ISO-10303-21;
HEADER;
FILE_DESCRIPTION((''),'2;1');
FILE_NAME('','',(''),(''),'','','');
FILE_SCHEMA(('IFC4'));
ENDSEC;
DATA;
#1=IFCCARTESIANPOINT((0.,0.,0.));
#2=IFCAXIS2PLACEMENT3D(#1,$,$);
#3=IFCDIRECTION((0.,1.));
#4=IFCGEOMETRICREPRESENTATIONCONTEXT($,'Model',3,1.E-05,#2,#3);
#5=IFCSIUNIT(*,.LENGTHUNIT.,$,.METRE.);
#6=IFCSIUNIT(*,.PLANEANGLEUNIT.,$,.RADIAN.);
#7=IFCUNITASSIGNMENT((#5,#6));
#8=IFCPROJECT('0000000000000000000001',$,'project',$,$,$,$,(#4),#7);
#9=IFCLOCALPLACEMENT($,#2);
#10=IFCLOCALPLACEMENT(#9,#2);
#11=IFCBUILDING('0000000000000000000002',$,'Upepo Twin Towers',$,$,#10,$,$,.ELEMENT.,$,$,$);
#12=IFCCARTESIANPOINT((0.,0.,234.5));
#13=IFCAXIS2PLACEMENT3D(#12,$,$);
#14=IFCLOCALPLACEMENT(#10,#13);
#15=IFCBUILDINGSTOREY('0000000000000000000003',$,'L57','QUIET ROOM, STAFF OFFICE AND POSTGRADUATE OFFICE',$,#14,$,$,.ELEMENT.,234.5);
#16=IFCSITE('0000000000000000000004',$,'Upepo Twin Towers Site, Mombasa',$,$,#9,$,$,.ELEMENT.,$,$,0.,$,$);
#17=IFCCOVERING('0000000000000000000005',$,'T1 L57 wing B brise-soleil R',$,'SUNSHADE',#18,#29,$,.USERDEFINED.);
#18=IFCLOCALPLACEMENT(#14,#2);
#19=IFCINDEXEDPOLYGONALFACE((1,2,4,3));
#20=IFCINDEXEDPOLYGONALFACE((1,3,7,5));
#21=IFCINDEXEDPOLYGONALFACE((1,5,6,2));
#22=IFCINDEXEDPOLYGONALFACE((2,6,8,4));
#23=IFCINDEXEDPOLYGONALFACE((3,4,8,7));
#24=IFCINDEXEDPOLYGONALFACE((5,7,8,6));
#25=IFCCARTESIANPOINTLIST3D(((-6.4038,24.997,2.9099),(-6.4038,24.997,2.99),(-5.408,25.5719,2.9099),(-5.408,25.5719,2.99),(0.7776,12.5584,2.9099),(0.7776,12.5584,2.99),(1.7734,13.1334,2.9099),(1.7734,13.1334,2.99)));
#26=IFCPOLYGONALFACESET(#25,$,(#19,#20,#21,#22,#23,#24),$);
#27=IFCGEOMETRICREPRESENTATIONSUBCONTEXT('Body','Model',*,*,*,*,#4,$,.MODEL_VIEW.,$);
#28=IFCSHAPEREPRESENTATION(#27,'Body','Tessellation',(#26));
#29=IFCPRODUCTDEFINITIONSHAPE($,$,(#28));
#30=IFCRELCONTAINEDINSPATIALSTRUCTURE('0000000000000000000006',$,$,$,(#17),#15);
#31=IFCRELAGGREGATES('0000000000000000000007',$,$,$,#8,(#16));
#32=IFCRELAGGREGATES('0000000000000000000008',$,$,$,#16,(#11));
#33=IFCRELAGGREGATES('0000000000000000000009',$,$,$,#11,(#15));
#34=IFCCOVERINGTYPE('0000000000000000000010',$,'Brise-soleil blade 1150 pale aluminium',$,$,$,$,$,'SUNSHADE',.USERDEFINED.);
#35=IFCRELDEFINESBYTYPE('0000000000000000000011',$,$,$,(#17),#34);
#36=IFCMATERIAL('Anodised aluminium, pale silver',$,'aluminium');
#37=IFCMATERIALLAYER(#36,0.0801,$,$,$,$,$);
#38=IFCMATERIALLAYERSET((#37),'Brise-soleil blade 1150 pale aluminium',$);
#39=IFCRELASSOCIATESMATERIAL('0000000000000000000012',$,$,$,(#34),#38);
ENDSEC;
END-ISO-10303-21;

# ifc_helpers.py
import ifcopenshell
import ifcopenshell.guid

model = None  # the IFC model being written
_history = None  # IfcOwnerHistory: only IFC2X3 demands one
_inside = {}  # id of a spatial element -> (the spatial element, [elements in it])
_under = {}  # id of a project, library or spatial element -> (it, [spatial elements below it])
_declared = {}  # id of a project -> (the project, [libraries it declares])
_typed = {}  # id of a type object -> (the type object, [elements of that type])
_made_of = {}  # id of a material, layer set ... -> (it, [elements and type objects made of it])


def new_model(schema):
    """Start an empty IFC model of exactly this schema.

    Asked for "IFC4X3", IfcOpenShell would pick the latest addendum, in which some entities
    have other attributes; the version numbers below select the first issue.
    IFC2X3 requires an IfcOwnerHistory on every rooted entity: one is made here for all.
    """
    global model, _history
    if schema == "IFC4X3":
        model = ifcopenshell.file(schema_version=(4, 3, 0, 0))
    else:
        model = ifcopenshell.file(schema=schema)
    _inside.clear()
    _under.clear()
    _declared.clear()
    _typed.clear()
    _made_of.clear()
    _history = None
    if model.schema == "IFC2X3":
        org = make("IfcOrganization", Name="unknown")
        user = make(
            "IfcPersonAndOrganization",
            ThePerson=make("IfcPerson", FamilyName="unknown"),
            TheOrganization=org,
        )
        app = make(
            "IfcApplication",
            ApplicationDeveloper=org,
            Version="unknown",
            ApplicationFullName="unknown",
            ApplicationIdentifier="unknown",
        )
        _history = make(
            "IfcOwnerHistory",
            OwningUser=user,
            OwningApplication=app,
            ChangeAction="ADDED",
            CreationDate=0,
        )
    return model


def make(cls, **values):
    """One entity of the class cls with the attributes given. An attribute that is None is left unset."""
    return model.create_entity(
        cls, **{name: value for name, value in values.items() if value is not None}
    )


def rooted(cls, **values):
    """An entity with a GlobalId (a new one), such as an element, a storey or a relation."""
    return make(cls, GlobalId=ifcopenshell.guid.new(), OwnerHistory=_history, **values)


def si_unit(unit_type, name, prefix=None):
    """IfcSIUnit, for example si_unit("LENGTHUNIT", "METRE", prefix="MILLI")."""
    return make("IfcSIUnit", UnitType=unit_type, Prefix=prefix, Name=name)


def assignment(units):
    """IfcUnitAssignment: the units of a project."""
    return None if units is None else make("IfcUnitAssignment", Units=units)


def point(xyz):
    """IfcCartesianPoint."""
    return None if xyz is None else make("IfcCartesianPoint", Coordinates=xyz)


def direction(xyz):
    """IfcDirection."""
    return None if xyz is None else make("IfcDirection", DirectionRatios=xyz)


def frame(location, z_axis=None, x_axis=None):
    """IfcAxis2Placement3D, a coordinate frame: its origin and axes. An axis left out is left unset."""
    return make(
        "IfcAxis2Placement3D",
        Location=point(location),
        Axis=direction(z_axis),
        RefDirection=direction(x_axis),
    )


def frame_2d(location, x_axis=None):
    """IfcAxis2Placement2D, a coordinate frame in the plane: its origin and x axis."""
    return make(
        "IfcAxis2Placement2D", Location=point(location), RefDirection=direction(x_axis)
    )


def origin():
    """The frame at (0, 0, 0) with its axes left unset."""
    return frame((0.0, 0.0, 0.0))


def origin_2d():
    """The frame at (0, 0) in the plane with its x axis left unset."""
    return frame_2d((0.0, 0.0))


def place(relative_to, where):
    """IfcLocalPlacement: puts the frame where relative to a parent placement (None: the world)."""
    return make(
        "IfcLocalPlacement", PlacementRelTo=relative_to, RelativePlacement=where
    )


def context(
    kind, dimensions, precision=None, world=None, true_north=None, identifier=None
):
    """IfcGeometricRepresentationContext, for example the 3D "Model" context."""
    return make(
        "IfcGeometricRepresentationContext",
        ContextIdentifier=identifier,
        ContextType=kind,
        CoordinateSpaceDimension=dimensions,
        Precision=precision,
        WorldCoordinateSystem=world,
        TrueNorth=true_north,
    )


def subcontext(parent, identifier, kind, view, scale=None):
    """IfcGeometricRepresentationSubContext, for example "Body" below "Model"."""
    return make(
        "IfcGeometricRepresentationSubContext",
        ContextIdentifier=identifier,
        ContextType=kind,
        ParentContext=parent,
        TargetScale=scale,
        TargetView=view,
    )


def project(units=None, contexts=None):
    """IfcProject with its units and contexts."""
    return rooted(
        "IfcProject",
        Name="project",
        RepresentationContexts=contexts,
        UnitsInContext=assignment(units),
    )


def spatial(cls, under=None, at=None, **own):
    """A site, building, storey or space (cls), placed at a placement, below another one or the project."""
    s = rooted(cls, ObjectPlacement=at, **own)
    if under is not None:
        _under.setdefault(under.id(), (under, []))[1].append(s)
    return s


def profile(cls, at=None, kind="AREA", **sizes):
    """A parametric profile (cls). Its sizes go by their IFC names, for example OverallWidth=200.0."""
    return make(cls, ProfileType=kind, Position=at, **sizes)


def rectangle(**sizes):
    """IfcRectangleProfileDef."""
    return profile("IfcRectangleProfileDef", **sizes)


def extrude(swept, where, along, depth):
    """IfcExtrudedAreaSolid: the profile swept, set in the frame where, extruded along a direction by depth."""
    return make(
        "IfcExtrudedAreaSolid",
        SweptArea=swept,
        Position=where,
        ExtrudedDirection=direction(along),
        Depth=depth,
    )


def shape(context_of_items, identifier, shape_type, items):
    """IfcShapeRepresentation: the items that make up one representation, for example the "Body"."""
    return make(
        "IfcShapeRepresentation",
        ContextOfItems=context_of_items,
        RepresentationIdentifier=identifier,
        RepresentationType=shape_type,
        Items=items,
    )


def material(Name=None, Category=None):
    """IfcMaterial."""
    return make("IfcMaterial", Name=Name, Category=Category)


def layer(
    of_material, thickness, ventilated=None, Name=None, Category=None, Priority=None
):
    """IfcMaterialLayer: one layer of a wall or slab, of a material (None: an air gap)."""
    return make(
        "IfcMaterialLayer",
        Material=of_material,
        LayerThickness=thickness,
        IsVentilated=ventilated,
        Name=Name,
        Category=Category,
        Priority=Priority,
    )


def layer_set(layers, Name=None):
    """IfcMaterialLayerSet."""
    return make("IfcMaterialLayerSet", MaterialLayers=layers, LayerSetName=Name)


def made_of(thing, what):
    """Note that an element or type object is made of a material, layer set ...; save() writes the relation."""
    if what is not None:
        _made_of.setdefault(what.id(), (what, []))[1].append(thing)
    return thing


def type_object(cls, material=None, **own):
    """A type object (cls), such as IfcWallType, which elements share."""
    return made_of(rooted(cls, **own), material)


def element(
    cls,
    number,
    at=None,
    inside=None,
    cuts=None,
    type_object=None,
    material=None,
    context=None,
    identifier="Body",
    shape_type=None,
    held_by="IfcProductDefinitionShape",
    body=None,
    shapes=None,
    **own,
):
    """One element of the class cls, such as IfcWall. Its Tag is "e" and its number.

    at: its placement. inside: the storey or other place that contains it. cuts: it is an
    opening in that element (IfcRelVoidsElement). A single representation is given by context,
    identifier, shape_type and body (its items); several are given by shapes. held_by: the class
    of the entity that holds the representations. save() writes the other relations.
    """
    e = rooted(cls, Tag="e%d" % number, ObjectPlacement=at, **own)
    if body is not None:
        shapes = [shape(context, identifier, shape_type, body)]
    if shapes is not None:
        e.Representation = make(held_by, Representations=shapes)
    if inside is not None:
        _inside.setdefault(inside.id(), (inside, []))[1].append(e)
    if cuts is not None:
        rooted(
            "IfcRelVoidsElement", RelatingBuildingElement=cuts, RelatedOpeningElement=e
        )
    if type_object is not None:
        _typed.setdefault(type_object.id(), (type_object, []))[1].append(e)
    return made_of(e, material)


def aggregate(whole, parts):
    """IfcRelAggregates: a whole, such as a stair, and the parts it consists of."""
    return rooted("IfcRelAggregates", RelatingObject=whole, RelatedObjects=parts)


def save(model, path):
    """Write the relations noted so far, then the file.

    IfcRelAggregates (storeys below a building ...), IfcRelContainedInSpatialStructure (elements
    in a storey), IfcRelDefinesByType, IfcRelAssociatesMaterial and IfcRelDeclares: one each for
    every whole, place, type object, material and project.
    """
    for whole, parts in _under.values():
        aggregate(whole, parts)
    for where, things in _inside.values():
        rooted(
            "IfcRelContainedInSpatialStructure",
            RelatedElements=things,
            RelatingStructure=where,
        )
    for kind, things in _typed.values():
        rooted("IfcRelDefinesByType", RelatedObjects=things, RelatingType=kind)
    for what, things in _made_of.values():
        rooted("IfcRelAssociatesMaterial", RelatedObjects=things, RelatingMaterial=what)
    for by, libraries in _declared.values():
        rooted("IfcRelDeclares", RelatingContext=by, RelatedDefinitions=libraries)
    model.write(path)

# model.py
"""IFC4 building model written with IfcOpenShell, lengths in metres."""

from ifc_helpers import new_model, si_unit, direction, frame, origin, origin_2d, place, context, subcontext, project, spatial, rectangle, extrude, material, layer, layer_set, type_object, element, save


model = new_model("IFC4")

# Units and contexts
model_context = context("Model", 3, precision=1e-05, world=origin(), true_north=direction((0.0, 1.0)))
body_context = subcontext(model_context, "Body", "Model", "MODEL_VIEW")
ifc_project = project(units=[si_unit("LENGTHUNIT", "METRE"), si_unit("PLANEANGLEUNIT", "RADIAN")], contexts=[model_context])

# Site, building, storey
site_placement = place(None, origin())
site = spatial("IfcSite", under=ifc_project, at=site_placement, Name="Upepo Twin Towers Site, Mombasa", CompositionType="ELEMENT", RefElevation=0.0)
building_placement = place(site_placement, origin())
building = spatial("IfcBuilding", under=site, at=building_placement, Name="Upepo Twin Towers", CompositionType="ELEMENT")
storey_placement = place(building_placement, frame((0.0, 0.0, 234.5)))
storey = spatial("IfcBuildingStorey", under=building, at=storey_placement, Name="L57", Description="QUIET ROOM, STAFF OFFICE AND POSTGRADUATE OFFICE", CompositionType="ELEMENT", Elevation=234.5)

# Covering
ifc_material_1 = material(Name="Anodised aluminium, pale silver", Category="aluminium")
ifc_layer_1 = layer(ifc_material_1, 0.0801)
ifc_layer_set_1 = layer_set([ifc_layer_1], Name="Brise-soleil blade 1150 pale aluminium")
covering_type = type_object("IfcCoveringType", Name="Brise-soleil blade 1150 pale aluminium", ElementType="SUNSHADE", PredefinedType="USERDEFINED", material=ifc_layer_set_1)
covering_placement = place(storey_placement, frame((-2.3152, 19.0652, 2.9099), z_axis=(0.0, 0.0, 1.0), x_axis=(-0.5, 0.866025, 0.0)))
element("IfcCovering", 1, at=covering_placement, inside=storey, type_object=covering_type, Name="T1 L57 wing B brise-soleil R", ObjectType="SUNSHADE", PredefinedType="USERDEFINED", context=body_context, shape_type="SweptSolid", body=[
    extrude(rectangle(XDim=14.3628, YDim=1.1499, at=origin_2d()), origin(), (0.0, 0.0, 1.0), 0.0801),
])

save(model, "model.ifc")
